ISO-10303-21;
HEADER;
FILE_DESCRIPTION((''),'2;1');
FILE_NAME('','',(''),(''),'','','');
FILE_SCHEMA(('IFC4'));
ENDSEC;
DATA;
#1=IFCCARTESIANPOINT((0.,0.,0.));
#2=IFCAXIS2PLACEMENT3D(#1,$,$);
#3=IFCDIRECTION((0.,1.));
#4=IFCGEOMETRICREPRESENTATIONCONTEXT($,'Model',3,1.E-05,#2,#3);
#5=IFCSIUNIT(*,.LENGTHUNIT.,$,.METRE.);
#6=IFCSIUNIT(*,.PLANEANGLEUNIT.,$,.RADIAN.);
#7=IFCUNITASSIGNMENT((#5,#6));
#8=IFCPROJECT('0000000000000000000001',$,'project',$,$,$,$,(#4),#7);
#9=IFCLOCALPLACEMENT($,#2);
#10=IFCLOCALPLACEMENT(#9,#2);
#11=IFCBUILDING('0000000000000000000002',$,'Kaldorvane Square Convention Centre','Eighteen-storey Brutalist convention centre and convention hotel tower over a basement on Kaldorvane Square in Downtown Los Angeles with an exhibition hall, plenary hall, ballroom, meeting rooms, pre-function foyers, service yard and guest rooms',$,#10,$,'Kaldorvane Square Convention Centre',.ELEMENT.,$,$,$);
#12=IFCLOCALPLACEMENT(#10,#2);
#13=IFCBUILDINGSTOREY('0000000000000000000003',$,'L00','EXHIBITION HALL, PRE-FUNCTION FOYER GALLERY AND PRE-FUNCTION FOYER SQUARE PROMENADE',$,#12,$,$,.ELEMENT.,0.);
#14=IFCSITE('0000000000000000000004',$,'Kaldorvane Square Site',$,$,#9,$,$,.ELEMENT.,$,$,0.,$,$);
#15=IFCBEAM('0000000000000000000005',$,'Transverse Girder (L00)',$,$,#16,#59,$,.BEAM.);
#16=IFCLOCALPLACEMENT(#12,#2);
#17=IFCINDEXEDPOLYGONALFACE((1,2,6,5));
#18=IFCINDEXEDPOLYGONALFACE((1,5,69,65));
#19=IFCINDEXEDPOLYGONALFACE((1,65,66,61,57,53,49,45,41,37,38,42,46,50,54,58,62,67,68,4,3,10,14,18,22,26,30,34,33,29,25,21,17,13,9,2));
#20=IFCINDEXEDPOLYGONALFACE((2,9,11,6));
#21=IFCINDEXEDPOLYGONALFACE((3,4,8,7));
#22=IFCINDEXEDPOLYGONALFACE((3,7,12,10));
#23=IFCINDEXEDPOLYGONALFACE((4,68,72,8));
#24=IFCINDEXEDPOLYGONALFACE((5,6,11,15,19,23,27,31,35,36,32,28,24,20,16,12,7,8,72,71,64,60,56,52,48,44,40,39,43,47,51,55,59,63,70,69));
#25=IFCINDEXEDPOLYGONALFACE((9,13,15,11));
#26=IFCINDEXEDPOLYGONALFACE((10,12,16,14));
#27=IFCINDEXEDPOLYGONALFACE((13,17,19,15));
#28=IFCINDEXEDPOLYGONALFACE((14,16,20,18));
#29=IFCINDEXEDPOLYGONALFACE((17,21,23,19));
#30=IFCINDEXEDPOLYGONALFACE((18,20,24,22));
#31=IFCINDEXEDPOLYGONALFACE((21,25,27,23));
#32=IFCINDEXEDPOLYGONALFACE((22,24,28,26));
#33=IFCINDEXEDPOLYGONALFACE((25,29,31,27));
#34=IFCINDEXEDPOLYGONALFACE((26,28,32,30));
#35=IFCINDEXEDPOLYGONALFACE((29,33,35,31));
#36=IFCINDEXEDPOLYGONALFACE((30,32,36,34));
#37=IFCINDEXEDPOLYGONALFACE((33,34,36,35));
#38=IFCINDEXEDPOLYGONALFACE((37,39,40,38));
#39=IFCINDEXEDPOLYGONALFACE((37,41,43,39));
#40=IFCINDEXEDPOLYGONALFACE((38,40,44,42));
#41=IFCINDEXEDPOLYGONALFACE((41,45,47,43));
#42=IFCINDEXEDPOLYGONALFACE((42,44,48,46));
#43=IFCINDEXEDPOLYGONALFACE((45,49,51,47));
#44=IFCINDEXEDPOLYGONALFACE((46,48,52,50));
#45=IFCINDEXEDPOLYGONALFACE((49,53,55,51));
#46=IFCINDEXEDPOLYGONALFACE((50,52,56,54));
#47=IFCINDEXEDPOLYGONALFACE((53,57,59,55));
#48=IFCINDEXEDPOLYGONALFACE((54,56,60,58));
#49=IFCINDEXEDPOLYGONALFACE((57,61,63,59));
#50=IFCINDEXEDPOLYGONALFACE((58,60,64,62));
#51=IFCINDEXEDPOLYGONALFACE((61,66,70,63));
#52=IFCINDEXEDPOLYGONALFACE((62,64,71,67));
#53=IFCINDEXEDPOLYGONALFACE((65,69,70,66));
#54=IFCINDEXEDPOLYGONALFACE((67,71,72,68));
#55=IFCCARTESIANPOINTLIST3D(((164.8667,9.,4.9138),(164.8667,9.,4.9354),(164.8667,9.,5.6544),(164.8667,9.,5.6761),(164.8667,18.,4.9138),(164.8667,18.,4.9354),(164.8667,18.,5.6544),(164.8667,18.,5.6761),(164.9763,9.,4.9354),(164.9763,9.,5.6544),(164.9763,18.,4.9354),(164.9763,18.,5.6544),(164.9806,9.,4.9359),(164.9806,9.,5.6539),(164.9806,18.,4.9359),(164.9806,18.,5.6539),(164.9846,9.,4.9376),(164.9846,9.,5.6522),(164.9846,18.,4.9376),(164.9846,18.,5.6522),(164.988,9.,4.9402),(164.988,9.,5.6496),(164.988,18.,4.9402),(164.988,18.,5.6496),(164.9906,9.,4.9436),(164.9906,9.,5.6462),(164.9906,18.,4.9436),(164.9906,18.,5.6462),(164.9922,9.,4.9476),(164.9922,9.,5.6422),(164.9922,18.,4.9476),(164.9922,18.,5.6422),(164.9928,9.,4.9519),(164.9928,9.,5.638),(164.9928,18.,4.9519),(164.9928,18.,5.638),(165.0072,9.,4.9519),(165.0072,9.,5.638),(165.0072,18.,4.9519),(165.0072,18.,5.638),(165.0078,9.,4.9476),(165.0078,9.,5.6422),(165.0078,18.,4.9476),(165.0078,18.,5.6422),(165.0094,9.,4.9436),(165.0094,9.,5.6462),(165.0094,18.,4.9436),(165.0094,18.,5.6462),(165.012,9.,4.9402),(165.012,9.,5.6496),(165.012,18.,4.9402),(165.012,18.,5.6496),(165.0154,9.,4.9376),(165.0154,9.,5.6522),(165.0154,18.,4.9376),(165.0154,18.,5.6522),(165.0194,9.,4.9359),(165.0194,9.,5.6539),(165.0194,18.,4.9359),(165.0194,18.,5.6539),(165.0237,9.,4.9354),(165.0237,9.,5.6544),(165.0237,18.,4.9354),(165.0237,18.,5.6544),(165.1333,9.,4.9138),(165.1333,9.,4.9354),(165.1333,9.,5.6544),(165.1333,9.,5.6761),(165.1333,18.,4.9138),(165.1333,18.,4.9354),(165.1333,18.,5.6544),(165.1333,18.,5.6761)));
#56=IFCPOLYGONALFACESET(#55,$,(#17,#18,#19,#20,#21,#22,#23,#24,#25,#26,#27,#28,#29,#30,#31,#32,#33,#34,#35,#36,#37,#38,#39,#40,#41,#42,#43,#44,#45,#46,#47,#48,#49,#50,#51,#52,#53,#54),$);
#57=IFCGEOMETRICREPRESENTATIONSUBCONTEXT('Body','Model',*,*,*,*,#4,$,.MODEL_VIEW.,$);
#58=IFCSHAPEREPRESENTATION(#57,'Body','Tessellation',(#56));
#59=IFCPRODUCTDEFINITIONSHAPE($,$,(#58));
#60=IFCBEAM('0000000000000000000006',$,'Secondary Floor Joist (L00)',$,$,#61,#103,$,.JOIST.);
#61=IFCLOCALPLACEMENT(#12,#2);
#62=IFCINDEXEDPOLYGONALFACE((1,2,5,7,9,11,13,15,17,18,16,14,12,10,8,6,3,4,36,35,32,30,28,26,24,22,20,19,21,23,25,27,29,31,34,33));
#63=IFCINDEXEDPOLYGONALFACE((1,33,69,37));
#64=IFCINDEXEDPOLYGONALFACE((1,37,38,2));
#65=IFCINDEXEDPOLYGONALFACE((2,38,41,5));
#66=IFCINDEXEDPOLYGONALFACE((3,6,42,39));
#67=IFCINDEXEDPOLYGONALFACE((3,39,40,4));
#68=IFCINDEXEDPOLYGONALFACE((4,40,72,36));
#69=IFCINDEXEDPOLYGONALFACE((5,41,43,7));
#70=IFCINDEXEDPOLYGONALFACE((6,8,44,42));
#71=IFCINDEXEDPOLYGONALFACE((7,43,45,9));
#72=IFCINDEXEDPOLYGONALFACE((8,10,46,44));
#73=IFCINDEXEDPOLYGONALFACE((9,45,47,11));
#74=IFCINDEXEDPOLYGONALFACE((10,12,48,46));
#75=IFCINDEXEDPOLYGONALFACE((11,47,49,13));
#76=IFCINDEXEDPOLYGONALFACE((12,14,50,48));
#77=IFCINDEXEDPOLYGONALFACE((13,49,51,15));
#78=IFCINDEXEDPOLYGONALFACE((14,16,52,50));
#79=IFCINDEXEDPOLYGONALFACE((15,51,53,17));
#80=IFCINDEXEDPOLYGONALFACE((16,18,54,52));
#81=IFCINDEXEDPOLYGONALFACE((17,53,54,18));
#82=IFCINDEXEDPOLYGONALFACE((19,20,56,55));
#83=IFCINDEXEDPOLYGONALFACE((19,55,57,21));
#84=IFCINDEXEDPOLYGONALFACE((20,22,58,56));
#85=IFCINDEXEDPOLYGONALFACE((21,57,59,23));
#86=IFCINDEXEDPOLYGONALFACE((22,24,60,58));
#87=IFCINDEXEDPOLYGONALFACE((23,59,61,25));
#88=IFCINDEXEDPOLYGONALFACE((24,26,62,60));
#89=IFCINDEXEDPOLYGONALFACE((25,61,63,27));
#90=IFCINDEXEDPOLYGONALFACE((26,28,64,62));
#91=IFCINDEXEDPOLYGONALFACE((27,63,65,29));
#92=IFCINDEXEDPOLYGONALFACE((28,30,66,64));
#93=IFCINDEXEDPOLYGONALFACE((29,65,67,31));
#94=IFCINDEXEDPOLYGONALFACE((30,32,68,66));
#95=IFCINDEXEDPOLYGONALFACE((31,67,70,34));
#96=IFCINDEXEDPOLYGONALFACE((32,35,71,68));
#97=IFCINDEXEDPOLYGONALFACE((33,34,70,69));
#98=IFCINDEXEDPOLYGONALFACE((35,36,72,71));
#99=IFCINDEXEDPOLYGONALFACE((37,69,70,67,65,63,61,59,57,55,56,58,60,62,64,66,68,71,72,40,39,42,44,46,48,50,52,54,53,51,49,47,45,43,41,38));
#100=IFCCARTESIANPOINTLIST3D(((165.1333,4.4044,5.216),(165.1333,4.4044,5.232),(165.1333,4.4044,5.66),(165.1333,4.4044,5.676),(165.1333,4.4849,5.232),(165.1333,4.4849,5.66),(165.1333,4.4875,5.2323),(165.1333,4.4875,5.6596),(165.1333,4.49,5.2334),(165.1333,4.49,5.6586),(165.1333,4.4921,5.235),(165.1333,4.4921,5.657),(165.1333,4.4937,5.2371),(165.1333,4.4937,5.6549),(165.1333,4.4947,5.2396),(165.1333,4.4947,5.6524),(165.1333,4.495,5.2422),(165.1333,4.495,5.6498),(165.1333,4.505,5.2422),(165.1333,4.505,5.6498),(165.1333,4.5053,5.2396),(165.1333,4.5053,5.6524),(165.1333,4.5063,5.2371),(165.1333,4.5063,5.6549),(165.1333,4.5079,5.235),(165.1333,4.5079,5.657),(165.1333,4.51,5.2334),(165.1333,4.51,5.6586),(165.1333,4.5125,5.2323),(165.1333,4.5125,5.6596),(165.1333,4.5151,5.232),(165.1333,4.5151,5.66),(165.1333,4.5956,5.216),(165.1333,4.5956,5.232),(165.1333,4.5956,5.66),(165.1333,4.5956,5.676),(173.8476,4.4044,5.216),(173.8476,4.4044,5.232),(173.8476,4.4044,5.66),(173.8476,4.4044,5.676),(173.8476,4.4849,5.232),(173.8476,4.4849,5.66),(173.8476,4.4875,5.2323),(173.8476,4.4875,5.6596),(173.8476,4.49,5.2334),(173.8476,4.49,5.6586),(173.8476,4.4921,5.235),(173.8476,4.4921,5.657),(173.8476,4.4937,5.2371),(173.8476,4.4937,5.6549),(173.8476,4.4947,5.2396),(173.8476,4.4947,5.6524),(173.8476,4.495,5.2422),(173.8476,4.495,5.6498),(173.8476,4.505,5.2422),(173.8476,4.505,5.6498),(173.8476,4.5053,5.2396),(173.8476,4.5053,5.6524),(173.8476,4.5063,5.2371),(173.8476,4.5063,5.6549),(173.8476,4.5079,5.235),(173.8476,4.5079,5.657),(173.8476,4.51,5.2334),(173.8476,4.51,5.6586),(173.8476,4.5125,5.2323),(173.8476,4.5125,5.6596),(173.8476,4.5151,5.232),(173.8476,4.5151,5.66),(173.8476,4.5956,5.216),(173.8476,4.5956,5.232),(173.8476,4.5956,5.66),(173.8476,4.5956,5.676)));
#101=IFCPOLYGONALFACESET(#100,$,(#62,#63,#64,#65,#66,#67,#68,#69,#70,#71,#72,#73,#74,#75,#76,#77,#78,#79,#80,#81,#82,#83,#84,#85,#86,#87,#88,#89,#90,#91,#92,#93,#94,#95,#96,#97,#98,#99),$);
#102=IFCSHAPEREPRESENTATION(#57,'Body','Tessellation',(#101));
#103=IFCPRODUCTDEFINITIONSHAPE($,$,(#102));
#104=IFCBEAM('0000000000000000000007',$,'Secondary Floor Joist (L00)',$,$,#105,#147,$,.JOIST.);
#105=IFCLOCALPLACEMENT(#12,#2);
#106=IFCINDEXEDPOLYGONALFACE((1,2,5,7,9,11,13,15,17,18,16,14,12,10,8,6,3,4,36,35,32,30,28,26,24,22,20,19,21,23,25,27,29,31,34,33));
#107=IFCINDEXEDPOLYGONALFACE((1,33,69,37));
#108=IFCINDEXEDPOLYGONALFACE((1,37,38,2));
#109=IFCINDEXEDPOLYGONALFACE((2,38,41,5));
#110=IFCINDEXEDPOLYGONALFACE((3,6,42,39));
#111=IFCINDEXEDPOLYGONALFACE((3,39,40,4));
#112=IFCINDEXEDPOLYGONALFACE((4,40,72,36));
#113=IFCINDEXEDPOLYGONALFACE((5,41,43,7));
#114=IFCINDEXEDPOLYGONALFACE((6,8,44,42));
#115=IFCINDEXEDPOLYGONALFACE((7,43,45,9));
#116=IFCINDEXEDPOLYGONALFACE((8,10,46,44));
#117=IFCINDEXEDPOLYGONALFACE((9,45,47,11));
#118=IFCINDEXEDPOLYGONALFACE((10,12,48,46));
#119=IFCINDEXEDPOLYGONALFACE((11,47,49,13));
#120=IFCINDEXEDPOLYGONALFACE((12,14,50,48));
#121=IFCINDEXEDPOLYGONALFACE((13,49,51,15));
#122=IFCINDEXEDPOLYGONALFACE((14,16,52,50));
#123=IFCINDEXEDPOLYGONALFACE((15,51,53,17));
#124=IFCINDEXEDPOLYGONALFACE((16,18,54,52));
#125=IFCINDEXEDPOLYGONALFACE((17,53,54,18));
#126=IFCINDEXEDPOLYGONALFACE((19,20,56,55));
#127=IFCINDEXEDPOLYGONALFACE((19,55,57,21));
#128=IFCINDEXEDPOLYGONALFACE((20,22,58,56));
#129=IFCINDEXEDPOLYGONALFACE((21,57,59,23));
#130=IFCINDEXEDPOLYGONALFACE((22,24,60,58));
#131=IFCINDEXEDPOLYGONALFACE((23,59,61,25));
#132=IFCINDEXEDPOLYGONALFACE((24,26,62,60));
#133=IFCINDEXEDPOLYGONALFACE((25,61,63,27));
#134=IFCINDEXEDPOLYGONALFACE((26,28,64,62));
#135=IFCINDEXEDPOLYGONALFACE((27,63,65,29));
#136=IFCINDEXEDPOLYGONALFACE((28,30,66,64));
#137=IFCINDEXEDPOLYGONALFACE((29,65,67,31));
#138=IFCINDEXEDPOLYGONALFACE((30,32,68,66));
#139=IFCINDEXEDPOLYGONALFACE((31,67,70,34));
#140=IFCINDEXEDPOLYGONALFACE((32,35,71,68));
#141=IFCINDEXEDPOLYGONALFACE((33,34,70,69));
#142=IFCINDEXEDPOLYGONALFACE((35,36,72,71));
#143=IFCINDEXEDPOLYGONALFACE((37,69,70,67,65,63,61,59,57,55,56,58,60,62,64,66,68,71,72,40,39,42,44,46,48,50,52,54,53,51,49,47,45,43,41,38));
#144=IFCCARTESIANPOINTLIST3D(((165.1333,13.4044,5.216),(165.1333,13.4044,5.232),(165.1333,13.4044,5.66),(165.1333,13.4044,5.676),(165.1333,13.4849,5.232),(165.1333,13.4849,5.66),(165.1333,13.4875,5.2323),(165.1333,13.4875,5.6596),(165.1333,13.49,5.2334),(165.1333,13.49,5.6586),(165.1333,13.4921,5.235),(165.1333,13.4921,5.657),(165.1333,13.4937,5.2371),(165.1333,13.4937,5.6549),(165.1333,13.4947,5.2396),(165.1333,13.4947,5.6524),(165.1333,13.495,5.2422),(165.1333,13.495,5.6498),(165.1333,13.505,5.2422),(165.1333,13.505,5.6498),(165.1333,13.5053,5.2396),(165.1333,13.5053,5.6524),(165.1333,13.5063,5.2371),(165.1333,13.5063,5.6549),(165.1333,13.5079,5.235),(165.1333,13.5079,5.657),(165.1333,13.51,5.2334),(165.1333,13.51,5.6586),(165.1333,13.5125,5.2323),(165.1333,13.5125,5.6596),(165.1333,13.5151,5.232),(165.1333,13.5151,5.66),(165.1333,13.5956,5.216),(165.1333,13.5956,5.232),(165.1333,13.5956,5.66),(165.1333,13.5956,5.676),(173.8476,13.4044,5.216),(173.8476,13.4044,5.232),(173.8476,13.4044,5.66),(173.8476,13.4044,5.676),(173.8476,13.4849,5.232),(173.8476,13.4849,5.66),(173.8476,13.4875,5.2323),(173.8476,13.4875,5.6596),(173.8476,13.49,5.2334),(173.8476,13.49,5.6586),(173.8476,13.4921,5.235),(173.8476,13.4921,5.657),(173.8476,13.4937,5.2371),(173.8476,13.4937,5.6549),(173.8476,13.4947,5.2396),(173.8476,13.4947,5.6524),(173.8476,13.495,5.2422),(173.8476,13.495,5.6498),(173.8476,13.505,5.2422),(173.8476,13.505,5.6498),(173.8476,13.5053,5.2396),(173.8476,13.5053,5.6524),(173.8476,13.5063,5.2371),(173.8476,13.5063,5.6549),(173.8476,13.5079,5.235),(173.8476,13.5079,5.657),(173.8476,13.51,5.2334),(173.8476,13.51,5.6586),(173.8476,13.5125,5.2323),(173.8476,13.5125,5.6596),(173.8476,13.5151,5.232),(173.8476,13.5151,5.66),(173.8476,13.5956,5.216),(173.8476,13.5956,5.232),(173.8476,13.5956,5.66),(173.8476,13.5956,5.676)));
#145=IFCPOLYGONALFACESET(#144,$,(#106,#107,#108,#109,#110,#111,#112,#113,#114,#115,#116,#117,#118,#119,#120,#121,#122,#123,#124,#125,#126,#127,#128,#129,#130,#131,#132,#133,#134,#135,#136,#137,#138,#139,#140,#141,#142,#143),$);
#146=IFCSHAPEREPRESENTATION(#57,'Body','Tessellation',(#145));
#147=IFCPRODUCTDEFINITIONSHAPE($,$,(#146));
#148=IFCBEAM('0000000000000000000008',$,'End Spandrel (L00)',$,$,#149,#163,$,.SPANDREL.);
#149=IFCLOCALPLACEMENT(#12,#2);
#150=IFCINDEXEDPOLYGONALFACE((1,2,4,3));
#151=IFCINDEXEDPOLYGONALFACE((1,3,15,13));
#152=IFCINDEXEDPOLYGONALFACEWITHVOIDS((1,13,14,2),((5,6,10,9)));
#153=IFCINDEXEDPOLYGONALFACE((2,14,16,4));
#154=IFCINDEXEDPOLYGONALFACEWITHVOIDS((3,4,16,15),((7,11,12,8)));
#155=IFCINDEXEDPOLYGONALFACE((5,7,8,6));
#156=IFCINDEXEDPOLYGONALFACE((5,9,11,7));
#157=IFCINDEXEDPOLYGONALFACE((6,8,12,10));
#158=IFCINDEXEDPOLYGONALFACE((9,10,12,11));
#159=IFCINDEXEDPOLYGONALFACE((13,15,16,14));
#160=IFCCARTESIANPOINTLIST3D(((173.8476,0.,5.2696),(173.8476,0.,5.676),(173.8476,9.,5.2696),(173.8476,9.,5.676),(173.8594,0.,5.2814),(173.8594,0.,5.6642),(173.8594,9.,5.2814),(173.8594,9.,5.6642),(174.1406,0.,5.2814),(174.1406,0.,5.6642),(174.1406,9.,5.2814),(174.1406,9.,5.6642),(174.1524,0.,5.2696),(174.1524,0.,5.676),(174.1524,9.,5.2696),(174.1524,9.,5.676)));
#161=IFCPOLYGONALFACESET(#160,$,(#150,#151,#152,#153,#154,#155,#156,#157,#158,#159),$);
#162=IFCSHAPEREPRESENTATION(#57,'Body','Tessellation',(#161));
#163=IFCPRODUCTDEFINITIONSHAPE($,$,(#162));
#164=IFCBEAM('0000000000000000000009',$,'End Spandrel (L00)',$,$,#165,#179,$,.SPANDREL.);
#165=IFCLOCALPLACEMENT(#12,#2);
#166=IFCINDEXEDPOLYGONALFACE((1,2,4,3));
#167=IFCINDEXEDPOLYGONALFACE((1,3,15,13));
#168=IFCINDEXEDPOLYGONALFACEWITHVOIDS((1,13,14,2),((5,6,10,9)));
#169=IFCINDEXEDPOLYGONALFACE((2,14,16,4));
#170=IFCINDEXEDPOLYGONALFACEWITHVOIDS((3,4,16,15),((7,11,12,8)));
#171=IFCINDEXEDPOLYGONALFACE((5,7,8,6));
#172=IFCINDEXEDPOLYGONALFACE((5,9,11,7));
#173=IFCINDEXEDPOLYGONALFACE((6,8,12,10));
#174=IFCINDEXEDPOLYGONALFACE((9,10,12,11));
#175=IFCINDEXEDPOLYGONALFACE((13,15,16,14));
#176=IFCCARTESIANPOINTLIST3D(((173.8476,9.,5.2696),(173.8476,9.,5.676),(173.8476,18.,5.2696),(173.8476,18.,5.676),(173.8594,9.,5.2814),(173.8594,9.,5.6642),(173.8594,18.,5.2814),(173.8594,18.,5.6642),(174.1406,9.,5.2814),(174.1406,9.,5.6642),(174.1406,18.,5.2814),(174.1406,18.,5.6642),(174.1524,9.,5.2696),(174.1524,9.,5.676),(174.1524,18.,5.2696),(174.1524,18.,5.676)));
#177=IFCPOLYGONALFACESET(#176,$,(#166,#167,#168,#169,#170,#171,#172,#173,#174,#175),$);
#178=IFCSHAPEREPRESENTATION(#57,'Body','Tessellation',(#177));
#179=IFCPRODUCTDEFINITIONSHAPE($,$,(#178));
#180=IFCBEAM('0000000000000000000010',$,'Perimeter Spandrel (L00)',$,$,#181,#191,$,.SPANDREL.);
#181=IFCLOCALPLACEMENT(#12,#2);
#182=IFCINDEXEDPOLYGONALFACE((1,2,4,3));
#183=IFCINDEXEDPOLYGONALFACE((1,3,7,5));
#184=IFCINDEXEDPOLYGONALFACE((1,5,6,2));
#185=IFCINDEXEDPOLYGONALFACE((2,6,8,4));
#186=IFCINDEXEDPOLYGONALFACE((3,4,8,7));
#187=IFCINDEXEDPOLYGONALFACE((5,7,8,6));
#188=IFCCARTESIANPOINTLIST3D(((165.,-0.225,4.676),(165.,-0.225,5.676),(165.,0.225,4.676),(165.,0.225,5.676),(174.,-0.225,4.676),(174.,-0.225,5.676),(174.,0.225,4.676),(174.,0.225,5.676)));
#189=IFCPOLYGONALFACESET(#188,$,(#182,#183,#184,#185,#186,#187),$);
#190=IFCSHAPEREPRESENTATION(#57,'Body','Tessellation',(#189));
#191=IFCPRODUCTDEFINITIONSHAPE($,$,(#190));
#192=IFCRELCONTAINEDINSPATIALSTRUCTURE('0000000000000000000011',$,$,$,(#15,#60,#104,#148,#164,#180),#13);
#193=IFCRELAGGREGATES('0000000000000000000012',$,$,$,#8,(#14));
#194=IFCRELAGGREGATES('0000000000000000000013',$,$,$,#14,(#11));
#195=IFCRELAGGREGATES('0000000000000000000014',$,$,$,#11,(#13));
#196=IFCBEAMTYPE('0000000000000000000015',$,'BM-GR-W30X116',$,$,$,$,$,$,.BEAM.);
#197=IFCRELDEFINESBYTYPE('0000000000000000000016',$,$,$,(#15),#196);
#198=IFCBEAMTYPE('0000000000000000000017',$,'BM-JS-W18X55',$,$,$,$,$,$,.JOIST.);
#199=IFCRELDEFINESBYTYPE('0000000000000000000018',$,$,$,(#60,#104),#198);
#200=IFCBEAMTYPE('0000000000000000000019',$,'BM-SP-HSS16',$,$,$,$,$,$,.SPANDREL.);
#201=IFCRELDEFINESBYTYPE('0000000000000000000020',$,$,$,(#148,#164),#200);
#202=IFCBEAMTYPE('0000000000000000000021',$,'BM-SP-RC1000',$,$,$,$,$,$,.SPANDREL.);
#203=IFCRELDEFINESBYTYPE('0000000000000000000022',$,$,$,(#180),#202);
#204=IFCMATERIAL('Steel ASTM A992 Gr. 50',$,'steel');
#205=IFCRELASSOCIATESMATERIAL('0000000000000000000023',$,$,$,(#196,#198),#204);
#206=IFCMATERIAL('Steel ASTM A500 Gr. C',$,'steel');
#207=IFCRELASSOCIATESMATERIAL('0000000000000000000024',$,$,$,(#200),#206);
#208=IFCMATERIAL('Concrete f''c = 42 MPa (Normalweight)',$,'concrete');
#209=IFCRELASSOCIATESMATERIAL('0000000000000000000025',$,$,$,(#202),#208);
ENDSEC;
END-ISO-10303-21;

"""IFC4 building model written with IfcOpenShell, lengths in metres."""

from ifc_helpers import new_model, si_unit, direction, frame, origin, origin_2d, place, context, subcontext, project, spatial, rectangle, hollow_rectangle, i_section, extrude, material, material_profile, profile_set, type_object, element, save


model = new_model("IFC4")

# Units and contexts
model_context = context("Model", 3, precision=1e-05, world=origin(), true_north=direction((0.0, 1.0)))
body_context = subcontext(model_context, "Body", "Model", "MODEL_VIEW")
ifc_project = project(units=[si_unit("LENGTHUNIT", "METRE"), si_unit("PLANEANGLEUNIT", "RADIAN")], contexts=[model_context])

# Site, building, storey
site_placement = place(None, origin())
site = spatial("IfcSite", under=ifc_project, at=site_placement, Name="Kaldorvane Square Site", CompositionType="ELEMENT", RefElevation=0.0)
building_placement = place(site_placement, origin())
building = spatial("IfcBuilding", under=site, at=building_placement, Name="Kaldorvane Square Convention Centre", Description="Eighteen-storey Brutalist convention centre and convention hotel tower over a basement on Kaldorvane Square in Downtown Los Angeles with an exhibition hall, plenary hall, ballroom, meeting rooms, pre-function foyers, service yard and guest rooms", LongName="Kaldorvane Square Convention Centre", CompositionType="ELEMENT")
storey_placement = place(building_placement, origin())
storey = spatial("IfcBuildingStorey", under=building, at=storey_placement, Name="L00", Description="EXHIBITION HALL, PRE-FUNCTION FOYER GALLERY AND PRE-FUNCTION FOYER SQUARE PROMENADE", CompositionType="ELEMENT", Elevation=0.0)

# Shared definitions
ifc_material_1 = material(Name="Steel ASTM A992 Gr. 50", Category="steel")

# Beams
ifc_material_profile_1 = material_profile(ifc_material_1, i_section(OverallWidth=0.2666, OverallDepth=0.7623, WebThickness=0.0144, FlangeThickness=0.0216, FilletRadius=0.0165, at=origin_2d()), Name="W30X116")
ifc_profile_set_1 = profile_set([ifc_material_profile_1], Name="Steel ASTM A992 Gr. 50")
beam_type_1 = type_object("IfcBeamType", Name="BM-GR-W30X116", PredefinedType="BEAM", material=ifc_profile_set_1)
for number, where, z_axis, x_axis, name in (
    (1, (165.0, 9.0, 5.2949), (0.0, 1.0, 0.0), (-1.0, 0.0, 0.0), "Transverse Girder (L00)"),
):
    element("IfcBeam", number, at=place(storey_placement, frame(where, z_axis=z_axis, x_axis=x_axis)), inside=storey, type_object=beam_type_1, Name=name, PredefinedType="BEAM", context=body_context, shape_type="SweptSolid", body=[
        extrude(i_section(OverallWidth=0.2666, OverallDepth=0.7623, WebThickness=0.0144, FlangeThickness=0.0216, FilletRadius=0.0165, at=origin_2d()), origin(), (0.0, 0.0, 1.0), 9.0),
    ])
ifc_material_profile_2 = material_profile(ifc_material_1, i_section(OverallWidth=0.1913, OverallDepth=0.46, WebThickness=0.0099, FlangeThickness=0.016, FilletRadius=0.0102, at=origin_2d()), Name="W18X55")
ifc_profile_set_2 = profile_set([ifc_material_profile_2], Name="Steel ASTM A992 Gr. 50")
beam_type_2 = type_object("IfcBeamType", Name="BM-JS-W18X55", PredefinedType="JOIST", material=ifc_profile_set_2)
for number, where, z_axis, x_axis, name in (
    (2, (165.1333, 4.5, 5.446), (1.0, 0.0, 0.0), (0.0, 1.0, 0.0), "Secondary Floor Joist (L00)"),
    (3, (165.1333, 13.5, 5.446), (1.0, 0.0, 0.0), (0.0, 1.0, 0.0), "Secondary Floor Joist (L00)"),
):
    element("IfcBeam", number, at=place(storey_placement, frame(where, z_axis=z_axis, x_axis=x_axis)), inside=storey, type_object=beam_type_2, Name=name, PredefinedType="JOIST", context=body_context, shape_type="SweptSolid", body=[
        extrude(i_section(OverallWidth=0.1913, OverallDepth=0.46, WebThickness=0.0099, FlangeThickness=0.016, FilletRadius=0.0102, at=origin_2d()), origin(), (0.0, 0.0, 1.0), 8.7143),
    ])
ifc_material_2 = material(Name="Steel ASTM A500 Gr. C", Category="steel")
ifc_material_profile_3 = material_profile(ifc_material_2, hollow_rectangle(XDim=0.3048, YDim=0.4064, WallThickness=0.0118, at=origin_2d()), Name="HSS16X12X1/2")
ifc_profile_set_3 = profile_set([ifc_material_profile_3], Name="Steel ASTM A500 Gr. C")
beam_type_3 = type_object("IfcBeamType", Name="BM-SP-HSS16", PredefinedType="SPANDREL", material=ifc_profile_set_3)
for number, where, z_axis, x_axis, name in (
    (4, (174.0, 0.0, 5.4728), (0.0, 1.0, 0.0), (-1.0, 0.0, 0.0), "End Spandrel (L00)"),
    (5, (174.0, 9.0, 5.4728), (0.0, 1.0, 0.0), (-1.0, 0.0, 0.0), "End Spandrel (L00)"),
):
    element("IfcBeam", number, at=place(storey_placement, frame(where, z_axis=z_axis, x_axis=x_axis)), inside=storey, type_object=beam_type_3, Name=name, PredefinedType="SPANDREL", context=body_context, shape_type="SweptSolid", body=[
        extrude(hollow_rectangle(XDim=0.3048, YDim=0.4064, WallThickness=0.0118, at=origin_2d()), origin(), (0.0, 0.0, 1.0), 9.0),
    ])
ifc_material_3 = material(Name="Concrete f'c = 42 MPa (Normalweight)", Category="concrete")
ifc_material_profile_4 = material_profile(ifc_material_3, rectangle(XDim=0.45, YDim=1.0, at=origin_2d()), Name="RCSP1000X450")
ifc_profile_set_4 = profile_set([ifc_material_profile_4], Name="Concrete f'c = 42 MPa (Normalweight)")
beam_type_4 = type_object("IfcBeamType", Name="BM-SP-RC1000", PredefinedType="SPANDREL", material=ifc_profile_set_4)
beam_1_placement = place(storey_placement, frame((165.0, 0.0, 5.176), z_axis=(1.0, 0.0, 0.0), x_axis=(0.0, 1.0, 0.0)))
element("IfcBeam", 6, at=beam_1_placement, inside=storey, type_object=beam_type_4, Name="Perimeter Spandrel (L00)", PredefinedType="SPANDREL", context=body_context, shape_type="SweptSolid", body=[
    extrude(rectangle(XDim=0.45, YDim=1.0, at=origin_2d()), origin(), (0.0, 0.0, 1.0), 9.0),
])

save(model, "model.ifc")
